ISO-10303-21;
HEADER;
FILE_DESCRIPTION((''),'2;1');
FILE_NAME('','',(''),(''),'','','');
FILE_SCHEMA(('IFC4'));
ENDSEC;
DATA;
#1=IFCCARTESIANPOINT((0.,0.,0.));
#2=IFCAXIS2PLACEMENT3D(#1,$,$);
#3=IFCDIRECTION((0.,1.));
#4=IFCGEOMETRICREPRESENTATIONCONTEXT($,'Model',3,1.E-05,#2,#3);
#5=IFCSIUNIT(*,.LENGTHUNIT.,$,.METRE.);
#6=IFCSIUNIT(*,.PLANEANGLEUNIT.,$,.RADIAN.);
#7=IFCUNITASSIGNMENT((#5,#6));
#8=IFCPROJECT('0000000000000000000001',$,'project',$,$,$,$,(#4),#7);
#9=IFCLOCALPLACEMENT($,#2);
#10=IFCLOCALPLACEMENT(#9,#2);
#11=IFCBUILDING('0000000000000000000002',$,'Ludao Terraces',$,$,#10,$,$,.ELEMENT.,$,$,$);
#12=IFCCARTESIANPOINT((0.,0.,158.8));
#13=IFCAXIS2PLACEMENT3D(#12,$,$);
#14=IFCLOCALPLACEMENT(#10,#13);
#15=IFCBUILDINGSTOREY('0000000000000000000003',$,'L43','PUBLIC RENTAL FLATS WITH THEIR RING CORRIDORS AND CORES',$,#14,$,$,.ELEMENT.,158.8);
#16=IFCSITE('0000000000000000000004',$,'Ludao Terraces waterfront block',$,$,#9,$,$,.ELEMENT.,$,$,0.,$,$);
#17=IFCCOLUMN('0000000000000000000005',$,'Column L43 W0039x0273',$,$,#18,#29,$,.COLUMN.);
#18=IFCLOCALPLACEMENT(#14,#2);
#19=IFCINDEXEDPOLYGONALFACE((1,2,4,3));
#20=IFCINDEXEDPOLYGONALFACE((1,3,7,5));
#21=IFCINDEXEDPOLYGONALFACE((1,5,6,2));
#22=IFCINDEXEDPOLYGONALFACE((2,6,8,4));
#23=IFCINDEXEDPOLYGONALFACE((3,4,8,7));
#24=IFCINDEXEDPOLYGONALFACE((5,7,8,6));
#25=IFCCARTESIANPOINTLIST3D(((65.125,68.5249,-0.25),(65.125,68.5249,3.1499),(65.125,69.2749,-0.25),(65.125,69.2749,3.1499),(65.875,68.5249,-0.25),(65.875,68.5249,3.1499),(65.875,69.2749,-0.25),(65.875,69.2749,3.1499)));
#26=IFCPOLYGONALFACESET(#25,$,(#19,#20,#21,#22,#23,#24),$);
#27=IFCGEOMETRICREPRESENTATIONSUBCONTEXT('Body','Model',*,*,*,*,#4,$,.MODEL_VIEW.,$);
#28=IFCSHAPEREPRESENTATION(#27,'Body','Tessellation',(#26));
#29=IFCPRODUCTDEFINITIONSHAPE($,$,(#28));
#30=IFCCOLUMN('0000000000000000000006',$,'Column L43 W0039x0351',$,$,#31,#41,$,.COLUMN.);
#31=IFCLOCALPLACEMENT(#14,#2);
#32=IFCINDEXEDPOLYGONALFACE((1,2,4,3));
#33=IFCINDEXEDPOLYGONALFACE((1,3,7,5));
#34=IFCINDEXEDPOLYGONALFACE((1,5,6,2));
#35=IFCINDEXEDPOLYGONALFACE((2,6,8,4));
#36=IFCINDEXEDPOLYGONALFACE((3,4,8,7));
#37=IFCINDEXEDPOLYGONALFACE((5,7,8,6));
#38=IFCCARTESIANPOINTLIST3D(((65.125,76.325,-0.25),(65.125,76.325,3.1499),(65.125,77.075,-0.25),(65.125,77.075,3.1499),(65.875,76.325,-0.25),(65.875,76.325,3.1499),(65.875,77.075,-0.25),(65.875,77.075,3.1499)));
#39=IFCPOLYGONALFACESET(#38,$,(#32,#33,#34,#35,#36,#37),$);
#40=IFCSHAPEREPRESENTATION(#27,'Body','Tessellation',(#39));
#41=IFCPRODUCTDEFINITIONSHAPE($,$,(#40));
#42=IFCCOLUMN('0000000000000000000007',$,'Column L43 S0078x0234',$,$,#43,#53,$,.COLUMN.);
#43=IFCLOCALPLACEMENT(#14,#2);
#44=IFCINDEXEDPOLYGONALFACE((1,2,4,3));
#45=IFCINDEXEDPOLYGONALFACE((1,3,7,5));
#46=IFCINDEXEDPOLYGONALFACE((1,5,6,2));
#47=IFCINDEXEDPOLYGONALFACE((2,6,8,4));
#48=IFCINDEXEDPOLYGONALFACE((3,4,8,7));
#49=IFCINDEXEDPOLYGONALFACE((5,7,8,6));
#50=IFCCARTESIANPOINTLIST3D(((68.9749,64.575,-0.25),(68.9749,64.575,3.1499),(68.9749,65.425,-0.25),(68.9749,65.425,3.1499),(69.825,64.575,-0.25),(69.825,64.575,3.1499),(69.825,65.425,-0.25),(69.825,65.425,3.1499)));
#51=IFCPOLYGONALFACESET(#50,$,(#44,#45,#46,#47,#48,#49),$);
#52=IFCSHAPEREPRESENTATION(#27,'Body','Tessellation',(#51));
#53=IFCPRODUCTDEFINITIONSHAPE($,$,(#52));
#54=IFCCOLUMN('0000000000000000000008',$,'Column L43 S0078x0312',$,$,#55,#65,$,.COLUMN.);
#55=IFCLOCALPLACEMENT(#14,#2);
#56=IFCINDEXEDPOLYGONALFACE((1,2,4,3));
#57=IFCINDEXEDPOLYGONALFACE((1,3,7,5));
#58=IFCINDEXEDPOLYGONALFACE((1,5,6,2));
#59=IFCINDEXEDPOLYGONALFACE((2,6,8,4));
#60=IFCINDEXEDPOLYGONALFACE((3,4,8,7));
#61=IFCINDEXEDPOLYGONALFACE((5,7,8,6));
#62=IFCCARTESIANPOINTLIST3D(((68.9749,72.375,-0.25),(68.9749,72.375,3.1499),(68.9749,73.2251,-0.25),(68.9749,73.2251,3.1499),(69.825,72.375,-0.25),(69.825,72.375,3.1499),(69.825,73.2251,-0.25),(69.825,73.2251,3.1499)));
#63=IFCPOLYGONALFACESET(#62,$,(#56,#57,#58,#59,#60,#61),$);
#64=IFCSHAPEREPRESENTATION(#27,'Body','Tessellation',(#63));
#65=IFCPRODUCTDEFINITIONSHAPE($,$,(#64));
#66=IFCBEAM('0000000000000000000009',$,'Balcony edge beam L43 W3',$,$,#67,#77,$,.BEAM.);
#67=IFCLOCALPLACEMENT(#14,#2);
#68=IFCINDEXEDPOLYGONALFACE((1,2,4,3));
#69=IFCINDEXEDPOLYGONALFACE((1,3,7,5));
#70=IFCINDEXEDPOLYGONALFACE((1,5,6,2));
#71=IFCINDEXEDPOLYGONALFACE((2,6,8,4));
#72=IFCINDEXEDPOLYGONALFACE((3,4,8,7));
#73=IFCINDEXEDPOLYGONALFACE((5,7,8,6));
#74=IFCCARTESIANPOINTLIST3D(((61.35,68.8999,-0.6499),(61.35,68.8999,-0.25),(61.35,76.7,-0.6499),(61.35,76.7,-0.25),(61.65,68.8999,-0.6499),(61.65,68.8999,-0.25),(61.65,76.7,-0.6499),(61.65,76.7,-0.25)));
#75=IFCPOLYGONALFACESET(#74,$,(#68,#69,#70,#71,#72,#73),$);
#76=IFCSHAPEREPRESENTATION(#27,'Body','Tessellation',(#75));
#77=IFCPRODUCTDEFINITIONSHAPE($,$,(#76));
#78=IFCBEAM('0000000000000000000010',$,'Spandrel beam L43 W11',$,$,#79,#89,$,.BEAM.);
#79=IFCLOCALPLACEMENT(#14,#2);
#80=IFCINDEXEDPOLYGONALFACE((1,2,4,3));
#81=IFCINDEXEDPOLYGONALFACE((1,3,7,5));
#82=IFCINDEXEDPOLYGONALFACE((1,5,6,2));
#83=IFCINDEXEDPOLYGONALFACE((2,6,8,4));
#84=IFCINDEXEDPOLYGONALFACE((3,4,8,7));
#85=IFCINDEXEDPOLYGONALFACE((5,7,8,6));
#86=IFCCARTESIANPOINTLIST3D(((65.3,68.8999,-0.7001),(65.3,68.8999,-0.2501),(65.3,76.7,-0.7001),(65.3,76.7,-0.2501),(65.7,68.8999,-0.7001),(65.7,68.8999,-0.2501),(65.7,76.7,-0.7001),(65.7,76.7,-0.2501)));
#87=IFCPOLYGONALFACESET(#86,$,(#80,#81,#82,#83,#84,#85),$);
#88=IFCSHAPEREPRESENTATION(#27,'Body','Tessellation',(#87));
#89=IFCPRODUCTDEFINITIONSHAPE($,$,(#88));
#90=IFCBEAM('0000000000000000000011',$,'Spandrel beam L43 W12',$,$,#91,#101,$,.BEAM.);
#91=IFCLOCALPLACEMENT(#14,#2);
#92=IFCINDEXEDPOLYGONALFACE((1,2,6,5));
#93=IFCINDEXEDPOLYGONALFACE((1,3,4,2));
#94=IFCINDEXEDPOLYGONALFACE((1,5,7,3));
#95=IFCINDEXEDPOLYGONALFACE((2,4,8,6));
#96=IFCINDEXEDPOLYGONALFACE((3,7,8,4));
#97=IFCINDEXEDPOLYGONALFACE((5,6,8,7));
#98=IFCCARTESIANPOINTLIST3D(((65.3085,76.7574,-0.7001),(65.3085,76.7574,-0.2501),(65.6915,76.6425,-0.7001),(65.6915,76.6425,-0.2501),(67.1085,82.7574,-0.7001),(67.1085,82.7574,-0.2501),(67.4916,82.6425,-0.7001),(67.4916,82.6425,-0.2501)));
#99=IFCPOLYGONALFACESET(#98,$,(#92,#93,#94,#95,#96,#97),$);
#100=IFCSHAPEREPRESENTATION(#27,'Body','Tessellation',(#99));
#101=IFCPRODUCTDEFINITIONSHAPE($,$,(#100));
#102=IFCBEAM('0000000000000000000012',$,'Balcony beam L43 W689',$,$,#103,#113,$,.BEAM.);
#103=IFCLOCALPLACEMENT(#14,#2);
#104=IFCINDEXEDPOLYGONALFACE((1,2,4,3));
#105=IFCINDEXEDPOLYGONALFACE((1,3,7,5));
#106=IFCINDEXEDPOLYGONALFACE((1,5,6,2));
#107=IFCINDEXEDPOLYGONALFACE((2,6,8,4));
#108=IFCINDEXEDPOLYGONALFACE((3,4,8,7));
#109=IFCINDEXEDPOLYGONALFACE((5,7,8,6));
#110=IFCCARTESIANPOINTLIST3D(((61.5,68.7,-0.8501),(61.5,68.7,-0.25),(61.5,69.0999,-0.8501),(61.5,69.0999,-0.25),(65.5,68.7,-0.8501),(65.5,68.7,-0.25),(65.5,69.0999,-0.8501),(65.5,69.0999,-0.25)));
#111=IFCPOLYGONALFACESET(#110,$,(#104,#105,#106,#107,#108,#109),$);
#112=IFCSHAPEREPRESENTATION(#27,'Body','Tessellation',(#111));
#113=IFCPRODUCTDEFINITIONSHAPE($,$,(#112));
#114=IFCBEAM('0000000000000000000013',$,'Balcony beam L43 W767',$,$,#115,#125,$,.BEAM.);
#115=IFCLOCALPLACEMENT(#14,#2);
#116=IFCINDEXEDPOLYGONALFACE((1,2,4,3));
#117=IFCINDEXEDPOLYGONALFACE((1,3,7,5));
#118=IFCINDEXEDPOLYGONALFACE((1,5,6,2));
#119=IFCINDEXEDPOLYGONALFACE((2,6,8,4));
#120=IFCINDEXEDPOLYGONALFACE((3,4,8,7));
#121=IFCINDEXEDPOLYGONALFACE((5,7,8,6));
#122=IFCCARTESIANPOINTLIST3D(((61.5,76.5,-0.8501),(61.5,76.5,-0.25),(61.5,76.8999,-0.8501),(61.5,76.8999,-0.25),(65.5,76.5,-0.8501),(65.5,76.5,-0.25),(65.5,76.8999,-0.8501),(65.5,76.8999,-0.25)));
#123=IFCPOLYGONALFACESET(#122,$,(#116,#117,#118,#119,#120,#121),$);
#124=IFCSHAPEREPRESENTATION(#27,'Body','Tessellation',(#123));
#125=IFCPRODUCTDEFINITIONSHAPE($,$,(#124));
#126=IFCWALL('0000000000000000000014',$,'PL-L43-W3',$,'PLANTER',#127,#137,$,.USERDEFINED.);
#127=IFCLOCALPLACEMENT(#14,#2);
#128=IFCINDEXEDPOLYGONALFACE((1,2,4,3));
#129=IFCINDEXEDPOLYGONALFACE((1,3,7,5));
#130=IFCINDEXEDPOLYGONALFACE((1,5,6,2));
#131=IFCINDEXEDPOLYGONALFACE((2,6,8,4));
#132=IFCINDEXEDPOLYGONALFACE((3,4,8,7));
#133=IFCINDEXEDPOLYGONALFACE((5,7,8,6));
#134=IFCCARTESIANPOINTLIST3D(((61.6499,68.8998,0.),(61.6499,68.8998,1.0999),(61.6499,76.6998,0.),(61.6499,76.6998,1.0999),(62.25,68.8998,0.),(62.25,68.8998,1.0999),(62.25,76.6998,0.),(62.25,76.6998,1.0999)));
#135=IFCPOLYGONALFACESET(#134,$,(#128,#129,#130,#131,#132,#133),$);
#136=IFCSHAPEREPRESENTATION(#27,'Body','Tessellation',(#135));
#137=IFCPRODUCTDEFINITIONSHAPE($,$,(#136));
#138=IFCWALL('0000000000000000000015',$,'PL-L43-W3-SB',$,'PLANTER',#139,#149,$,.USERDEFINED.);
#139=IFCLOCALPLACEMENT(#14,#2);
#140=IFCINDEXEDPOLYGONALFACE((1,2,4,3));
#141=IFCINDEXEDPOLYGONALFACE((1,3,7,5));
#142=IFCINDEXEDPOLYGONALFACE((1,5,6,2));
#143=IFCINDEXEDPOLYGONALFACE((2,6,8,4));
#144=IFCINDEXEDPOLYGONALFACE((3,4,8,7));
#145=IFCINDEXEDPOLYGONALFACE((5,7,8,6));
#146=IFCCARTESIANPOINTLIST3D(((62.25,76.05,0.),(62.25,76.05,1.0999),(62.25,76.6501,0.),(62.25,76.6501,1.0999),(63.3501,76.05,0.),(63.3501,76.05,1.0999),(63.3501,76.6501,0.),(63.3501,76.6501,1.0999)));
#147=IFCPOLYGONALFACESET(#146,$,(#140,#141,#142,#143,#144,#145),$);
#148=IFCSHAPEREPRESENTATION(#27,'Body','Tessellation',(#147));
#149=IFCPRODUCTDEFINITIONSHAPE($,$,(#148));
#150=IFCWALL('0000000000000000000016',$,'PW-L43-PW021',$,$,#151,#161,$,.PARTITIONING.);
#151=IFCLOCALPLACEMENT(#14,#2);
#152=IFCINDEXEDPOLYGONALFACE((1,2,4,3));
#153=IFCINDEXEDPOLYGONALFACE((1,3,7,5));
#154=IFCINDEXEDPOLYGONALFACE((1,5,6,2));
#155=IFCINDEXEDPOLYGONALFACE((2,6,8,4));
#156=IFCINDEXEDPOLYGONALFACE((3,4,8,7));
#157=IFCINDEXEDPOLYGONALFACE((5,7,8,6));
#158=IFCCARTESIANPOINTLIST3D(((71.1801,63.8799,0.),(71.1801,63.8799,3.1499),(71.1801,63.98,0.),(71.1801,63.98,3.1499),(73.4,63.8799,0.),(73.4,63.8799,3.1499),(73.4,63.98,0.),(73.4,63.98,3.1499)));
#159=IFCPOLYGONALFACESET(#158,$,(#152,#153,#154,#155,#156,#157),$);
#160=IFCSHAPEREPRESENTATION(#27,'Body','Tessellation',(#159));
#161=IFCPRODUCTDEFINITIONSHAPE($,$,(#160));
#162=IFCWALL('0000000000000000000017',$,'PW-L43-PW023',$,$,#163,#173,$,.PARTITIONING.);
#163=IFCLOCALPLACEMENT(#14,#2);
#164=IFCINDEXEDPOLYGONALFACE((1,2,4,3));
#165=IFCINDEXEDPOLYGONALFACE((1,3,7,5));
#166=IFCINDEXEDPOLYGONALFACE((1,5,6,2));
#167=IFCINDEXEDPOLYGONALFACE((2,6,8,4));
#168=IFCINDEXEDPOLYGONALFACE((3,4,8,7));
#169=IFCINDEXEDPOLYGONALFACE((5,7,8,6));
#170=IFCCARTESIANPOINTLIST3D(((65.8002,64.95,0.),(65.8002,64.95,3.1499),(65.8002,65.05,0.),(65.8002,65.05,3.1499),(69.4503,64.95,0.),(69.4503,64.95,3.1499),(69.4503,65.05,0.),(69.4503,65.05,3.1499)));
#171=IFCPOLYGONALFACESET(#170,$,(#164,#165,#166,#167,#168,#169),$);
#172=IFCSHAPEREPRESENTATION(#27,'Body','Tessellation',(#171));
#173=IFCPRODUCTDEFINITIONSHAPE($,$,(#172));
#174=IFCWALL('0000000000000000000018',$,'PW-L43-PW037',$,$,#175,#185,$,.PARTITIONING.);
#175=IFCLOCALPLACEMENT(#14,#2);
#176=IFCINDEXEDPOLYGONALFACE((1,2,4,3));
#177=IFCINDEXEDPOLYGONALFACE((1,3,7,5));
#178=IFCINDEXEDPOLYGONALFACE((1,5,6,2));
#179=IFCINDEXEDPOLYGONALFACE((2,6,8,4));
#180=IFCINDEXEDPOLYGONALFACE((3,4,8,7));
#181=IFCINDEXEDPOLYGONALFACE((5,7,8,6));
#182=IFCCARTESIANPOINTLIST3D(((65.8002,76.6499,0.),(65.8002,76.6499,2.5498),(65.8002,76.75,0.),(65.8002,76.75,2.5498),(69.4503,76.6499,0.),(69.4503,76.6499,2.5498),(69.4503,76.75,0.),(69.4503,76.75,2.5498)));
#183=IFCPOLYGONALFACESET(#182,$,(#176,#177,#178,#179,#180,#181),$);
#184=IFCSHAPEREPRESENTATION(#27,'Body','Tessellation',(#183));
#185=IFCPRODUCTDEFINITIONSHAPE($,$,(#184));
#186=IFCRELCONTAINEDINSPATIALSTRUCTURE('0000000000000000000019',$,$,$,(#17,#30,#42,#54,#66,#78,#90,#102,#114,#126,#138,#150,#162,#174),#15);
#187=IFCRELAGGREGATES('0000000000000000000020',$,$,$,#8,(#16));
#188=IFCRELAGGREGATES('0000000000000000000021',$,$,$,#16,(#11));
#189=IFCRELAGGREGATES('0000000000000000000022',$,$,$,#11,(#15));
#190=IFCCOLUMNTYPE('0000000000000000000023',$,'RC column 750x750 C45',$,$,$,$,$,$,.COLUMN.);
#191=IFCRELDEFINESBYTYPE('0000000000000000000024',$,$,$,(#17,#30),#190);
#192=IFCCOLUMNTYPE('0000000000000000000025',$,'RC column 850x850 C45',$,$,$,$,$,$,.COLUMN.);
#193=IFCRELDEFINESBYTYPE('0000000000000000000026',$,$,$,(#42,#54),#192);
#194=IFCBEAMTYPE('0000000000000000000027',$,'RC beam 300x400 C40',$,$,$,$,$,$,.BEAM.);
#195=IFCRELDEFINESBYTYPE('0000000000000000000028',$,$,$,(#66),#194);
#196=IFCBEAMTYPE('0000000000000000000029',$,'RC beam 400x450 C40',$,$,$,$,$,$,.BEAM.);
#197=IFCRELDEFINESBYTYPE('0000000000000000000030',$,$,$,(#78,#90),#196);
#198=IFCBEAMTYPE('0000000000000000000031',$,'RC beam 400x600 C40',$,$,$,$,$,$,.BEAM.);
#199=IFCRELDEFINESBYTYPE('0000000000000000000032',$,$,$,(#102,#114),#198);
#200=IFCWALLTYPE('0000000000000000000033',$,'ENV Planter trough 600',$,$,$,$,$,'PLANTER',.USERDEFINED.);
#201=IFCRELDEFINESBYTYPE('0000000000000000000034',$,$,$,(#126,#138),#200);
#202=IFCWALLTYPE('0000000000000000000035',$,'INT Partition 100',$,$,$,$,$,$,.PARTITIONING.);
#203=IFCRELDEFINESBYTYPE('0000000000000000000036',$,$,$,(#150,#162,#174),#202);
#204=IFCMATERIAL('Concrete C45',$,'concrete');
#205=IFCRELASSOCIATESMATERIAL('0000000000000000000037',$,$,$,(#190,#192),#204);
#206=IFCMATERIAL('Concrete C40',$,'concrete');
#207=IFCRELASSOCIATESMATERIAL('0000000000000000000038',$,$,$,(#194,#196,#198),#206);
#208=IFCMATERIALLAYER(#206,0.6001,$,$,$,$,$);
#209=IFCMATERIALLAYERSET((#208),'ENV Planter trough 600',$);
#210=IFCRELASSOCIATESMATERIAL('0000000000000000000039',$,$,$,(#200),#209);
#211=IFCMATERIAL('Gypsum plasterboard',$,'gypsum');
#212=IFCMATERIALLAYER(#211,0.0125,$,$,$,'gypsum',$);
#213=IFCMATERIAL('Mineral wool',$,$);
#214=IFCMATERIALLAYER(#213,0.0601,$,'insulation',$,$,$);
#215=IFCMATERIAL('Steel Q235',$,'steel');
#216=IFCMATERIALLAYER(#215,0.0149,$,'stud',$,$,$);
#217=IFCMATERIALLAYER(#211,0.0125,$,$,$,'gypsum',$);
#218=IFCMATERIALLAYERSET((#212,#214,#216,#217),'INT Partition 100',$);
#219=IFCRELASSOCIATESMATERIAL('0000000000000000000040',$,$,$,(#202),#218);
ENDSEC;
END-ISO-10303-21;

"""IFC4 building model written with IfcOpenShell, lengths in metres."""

from ifc_helpers import new_model, si_unit, direction, frame, frame_2d, origin, origin_2d, place, context, subcontext, project, spatial, rectangle, extrude, material, layer, layer_set, material_profile, profile_set, type_object, element, save


model = new_model("IFC4")

# Units and contexts
model_context = context("Model", 3, precision=1e-05, world=origin(), true_north=direction((0.0, 1.0)))
body_context = subcontext(model_context, "Body", "Model", "MODEL_VIEW")
ifc_project = project(units=[si_unit("LENGTHUNIT", "METRE"), si_unit("PLANEANGLEUNIT", "RADIAN")], contexts=[model_context])

# Site, building, storey
site_placement = place(None, origin())
site = spatial("IfcSite", under=ifc_project, at=site_placement, Name="Ludao Terraces waterfront block", CompositionType="ELEMENT", RefElevation=0.0)
building_placement = place(site_placement, origin())
building = spatial("IfcBuilding", under=site, at=building_placement, Name="Ludao Terraces", CompositionType="ELEMENT")
storey_placement = place(building_placement, frame((0.0, 0.0, 158.8)))
storey = spatial("IfcBuildingStorey", under=building, at=storey_placement, Name="L43", Description="PUBLIC RENTAL FLATS WITH THEIR RING CORRIDORS AND CORES", CompositionType="ELEMENT", Elevation=158.8)

# Columns
ifc_material_1 = material(Name="Concrete C45", Category="concrete")
ifc_material_profile_1 = material_profile(ifc_material_1, rectangle(XDim=0.75, YDim=0.75, at=origin_2d()), Name="750 X 750")
ifc_profile_set_1 = profile_set([ifc_material_profile_1], Name="Concrete C45")
column_type_1 = type_object("IfcColumnType", Name="RC column 750x750 C45", PredefinedType="COLUMN", material=ifc_profile_set_1)
for number, where, z_axis, x_axis, name in (
    (1, (65.5, 68.8999, -0.25), (0.0, 0.0, 1.0), (1.0, 0.0, 0.0), "Column L43 W0039x0273"),
    (2, (65.5, 76.7, -0.25), (0.0, 0.0, 1.0), (1.0, 0.0, 0.0), "Column L43 W0039x0351"),
):
    element("IfcColumn", number, at=place(storey_placement, frame(where, z_axis=z_axis, x_axis=x_axis)), inside=storey, type_object=column_type_1, Name=name, PredefinedType="COLUMN", context=body_context, shape_type="SweptSolid", body=[
        extrude(rectangle(XDim=0.75, YDim=0.75, at=origin_2d()), origin(), (0.0, 0.0, 1.0), 3.3999),
    ])
ifc_material_profile_2 = material_profile(ifc_material_1, rectangle(XDim=0.8501, YDim=0.8501, at=origin_2d()), Name="850 X 850")
ifc_profile_set_2 = profile_set([ifc_material_profile_2], Name="Concrete C45")
column_type_2 = type_object("IfcColumnType", Name="RC column 850x850 C45", PredefinedType="COLUMN", material=ifc_profile_set_2)
for number, where, z_axis, x_axis, name in (
    (3, (69.3999, 65.0, -0.25), (0.0, 0.0, 1.0), (1.0, 0.0, 0.0), "Column L43 S0078x0234"),
    (4, (69.3999, 72.8, -0.25), (0.0, 0.0, 1.0), (1.0, 0.0, 0.0), "Column L43 S0078x0312"),
):
    element("IfcColumn", number, at=place(storey_placement, frame(where, z_axis=z_axis, x_axis=x_axis)), inside=storey, type_object=column_type_2, Name=name, PredefinedType="COLUMN", context=body_context, shape_type="SweptSolid", body=[
        extrude(rectangle(XDim=0.8501, YDim=0.8501, at=origin_2d()), origin(), (0.0, 0.0, 1.0), 3.3999),
    ])

# Beams
ifc_material_2 = material(Name="Concrete C40", Category="concrete")
ifc_material_profile_3 = material_profile(ifc_material_2, rectangle(XDim=0.3, YDim=0.3999, at=origin_2d()), Name="300 X 400")
ifc_profile_set_3 = profile_set([ifc_material_profile_3], Name="Concrete C40")
beam_type_1 = type_object("IfcBeamType", Name="RC beam 300x400 C40", PredefinedType="BEAM", material=ifc_profile_set_3)
beam_1_placement = place(storey_placement, frame((61.5, 68.8999, -0.45), z_axis=(0.0, 1.0, 0.0), x_axis=(-1.0, 0.0, 0.0)))
element("IfcBeam", 5, at=beam_1_placement, inside=storey, type_object=beam_type_1, Name="Balcony edge beam L43 W3", PredefinedType="BEAM", context=body_context, shape_type="SweptSolid", body=[
    extrude(rectangle(XDim=0.3, YDim=0.3999, at=origin_2d()), origin(), (0.0, 0.0, 1.0), 7.8),
])
ifc_material_profile_4 = material_profile(ifc_material_2, rectangle(XDim=0.3999, YDim=0.45, at=origin_2d()), Name="400 X 450")
ifc_profile_set_4 = profile_set([ifc_material_profile_4], Name="Concrete C40")
beam_type_2 = type_object("IfcBeamType", Name="RC beam 400x450 C40", PredefinedType="BEAM", material=ifc_profile_set_4)
beam_2_placement = place(storey_placement, frame((65.5, 68.8999, -0.4751), z_axis=(0.0, 1.0, 0.0), x_axis=(-1.0, 0.0, 0.0)))
element("IfcBeam", 6, at=beam_2_placement, inside=storey, type_object=beam_type_2, Name="Spandrel beam L43 W11", PredefinedType="BEAM", context=body_context, shape_type="SweptSolid", body=[
    extrude(rectangle(XDim=0.3999, YDim=0.45, at=origin_2d()), origin(), (0.0, 0.0, 1.0), 7.8),
])
beam_3_placement = place(storey_placement, frame((65.5, 76.7, -0.4751), z_axis=(0.287355, 0.957824, 0.0), x_axis=(-0.957824, 0.287355, 0.0)))
element("IfcBeam", 7, at=beam_3_placement, inside=storey, type_object=beam_type_2, Name="Spandrel beam L43 W12", PredefinedType="BEAM", context=body_context, shape_type="SweptSolid", body=[
    extrude(rectangle(XDim=0.3999, YDim=0.45, at=origin_2d()), origin(), (0.0, 0.0, 1.0), 6.2642),
])
ifc_material_profile_5 = material_profile(ifc_material_2, rectangle(XDim=0.3999, YDim=0.6001, at=origin_2d()), Name="400 X 600")
ifc_profile_set_5 = profile_set([ifc_material_profile_5], Name="Concrete C40")
beam_type_3 = type_object("IfcBeamType", Name="RC beam 400x600 C40", PredefinedType="BEAM", material=ifc_profile_set_5)
for number, where, z_axis, x_axis, name in (
    (8, (65.5, 68.8999, -0.55), (-1.0, 0.0, 0.0), (0.0, -1.0, 0.0), "Balcony beam L43 W689"),
    (9, (65.5, 76.7, -0.55), (-1.0, 0.0, 0.0), (0.0, -1.0, 0.0), "Balcony beam L43 W767"),
):
    element("IfcBeam", number, at=place(storey_placement, frame(where, z_axis=z_axis, x_axis=x_axis)), inside=storey, type_object=beam_type_3, Name=name, PredefinedType="BEAM", context=body_context, shape_type="SweptSolid", body=[
        extrude(rectangle(XDim=0.3999, YDim=0.6001, at=origin_2d()), origin(), (0.0, 0.0, 1.0), 4.0),
    ])

# Walls
ifc_layer_1 = layer(ifc_material_2, 0.6001)
ifc_layer_set_1 = layer_set([ifc_layer_1], Name="ENV Planter trough 600")
wall_type_1 = type_object("IfcWallType", Name="ENV Planter trough 600", ElementType="PLANTER", PredefinedType="USERDEFINED", material=ifc_layer_set_1)
wall_1_placement = place(storey_placement, frame((61.95, 68.8999, 0.0), z_axis=(0.0, 0.0, 1.0), x_axis=(0.0, 1.0, 0.0)))
element("IfcWall", 10, at=wall_1_placement, inside=storey, type_object=wall_type_1, Name="PL-L43-W3", ObjectType="PLANTER", PredefinedType="USERDEFINED", context=body_context, shape_type="SweptSolid", body=[
    extrude(rectangle(XDim=7.8, YDim=0.6001, at=frame_2d((3.8999, 0.0))), origin(), (0.0, 0.0, 1.0), 1.0999),
])
wall_2_placement = place(storey_placement, frame((62.25, 76.3501, 0.0), z_axis=(0.0, 0.0, 1.0), x_axis=(1.0, 0.0, 0.0)))
element("IfcWall", 11, at=wall_2_placement, inside=storey, type_object=wall_type_1, Name="PL-L43-W3-SB", ObjectType="PLANTER", PredefinedType="USERDEFINED", context=body_context, shape_type="SweptSolid", body=[
    extrude(rectangle(XDim=1.1001, YDim=0.6001, at=frame_2d((0.55, 0.0))), origin(), (0.0, 0.0, 1.0), 1.0999),
])

# Shared definitions
ifc_material_3 = material(Name="Mineral wool")

# Walls
ifc_material_4 = material(Name="Gypsum plasterboard", Category="gypsum")
ifc_layer_2 = layer(ifc_material_4, 0.0125, Category="gypsum")
ifc_layer_3 = layer(ifc_material_3, 0.0601, Name="insulation")
ifc_material_5 = material(Name="Steel Q235", Category="steel")
ifc_layer_4 = layer(ifc_material_5, 0.0149, Name="stud")
ifc_layer_5 = layer(ifc_material_4, 0.0125, Category="gypsum")
ifc_layer_set_2 = layer_set([ifc_layer_2, ifc_layer_3, ifc_layer_4, ifc_layer_5], Name="INT Partition 100")
wall_type_2 = type_object("IfcWallType", Name="INT Partition 100", PredefinedType="PARTITIONING", material=ifc_layer_set_2)
wall_3_placement = place(storey_placement, frame((71.1802, 63.9299, 0.0), z_axis=(0.0, 0.0, 1.0), x_axis=(1.0, 0.0, 0.0)))
element("IfcWall", 12, at=wall_3_placement, inside=storey, type_object=wall_type_2, Name="PW-L43-PW021", PredefinedType="PARTITIONING", context=body_context, shape_type="SweptSolid", body=[
    extrude(rectangle(XDim=2.22, YDim=0.1001, at=frame_2d((1.1099, 0.0))), origin(), (0.0, 0.0, 1.0), 3.1499),
])
wall_4_placement = place(storey_placement, frame((65.8, 65.0, 0.0), z_axis=(0.0, 0.0, 1.0), x_axis=(1.0, 0.0, 0.0)))
element("IfcWall", 13, at=wall_4_placement, inside=storey, type_object=wall_type_2, Name="PW-L43-PW023", PredefinedType="PARTITIONING", context=body_context, shape_type="SweptSolid", body=[
    extrude(rectangle(XDim=3.6501, YDim=0.1001, at=frame_2d((1.8252, 0.0))), origin(), (0.0, 0.0, 1.0), 3.1499),
])
wall_5_placement = place(storey_placement, frame((65.8, 76.7, 0.0), z_axis=(0.0, 0.0, 1.0), x_axis=(1.0, 0.0, 0.0)))
element("IfcWall", 14, at=wall_5_placement, inside=storey, type_object=wall_type_2, Name="PW-L43-PW037", PredefinedType="PARTITIONING", context=body_context, shape_type="SweptSolid", body=[
    extrude(rectangle(XDim=3.6501, YDim=0.1001, at=frame_2d((1.8252, 0.0))), origin(), (0.0, 0.0, 1.0), 2.5498),
])

save(model, "model.ifc")
